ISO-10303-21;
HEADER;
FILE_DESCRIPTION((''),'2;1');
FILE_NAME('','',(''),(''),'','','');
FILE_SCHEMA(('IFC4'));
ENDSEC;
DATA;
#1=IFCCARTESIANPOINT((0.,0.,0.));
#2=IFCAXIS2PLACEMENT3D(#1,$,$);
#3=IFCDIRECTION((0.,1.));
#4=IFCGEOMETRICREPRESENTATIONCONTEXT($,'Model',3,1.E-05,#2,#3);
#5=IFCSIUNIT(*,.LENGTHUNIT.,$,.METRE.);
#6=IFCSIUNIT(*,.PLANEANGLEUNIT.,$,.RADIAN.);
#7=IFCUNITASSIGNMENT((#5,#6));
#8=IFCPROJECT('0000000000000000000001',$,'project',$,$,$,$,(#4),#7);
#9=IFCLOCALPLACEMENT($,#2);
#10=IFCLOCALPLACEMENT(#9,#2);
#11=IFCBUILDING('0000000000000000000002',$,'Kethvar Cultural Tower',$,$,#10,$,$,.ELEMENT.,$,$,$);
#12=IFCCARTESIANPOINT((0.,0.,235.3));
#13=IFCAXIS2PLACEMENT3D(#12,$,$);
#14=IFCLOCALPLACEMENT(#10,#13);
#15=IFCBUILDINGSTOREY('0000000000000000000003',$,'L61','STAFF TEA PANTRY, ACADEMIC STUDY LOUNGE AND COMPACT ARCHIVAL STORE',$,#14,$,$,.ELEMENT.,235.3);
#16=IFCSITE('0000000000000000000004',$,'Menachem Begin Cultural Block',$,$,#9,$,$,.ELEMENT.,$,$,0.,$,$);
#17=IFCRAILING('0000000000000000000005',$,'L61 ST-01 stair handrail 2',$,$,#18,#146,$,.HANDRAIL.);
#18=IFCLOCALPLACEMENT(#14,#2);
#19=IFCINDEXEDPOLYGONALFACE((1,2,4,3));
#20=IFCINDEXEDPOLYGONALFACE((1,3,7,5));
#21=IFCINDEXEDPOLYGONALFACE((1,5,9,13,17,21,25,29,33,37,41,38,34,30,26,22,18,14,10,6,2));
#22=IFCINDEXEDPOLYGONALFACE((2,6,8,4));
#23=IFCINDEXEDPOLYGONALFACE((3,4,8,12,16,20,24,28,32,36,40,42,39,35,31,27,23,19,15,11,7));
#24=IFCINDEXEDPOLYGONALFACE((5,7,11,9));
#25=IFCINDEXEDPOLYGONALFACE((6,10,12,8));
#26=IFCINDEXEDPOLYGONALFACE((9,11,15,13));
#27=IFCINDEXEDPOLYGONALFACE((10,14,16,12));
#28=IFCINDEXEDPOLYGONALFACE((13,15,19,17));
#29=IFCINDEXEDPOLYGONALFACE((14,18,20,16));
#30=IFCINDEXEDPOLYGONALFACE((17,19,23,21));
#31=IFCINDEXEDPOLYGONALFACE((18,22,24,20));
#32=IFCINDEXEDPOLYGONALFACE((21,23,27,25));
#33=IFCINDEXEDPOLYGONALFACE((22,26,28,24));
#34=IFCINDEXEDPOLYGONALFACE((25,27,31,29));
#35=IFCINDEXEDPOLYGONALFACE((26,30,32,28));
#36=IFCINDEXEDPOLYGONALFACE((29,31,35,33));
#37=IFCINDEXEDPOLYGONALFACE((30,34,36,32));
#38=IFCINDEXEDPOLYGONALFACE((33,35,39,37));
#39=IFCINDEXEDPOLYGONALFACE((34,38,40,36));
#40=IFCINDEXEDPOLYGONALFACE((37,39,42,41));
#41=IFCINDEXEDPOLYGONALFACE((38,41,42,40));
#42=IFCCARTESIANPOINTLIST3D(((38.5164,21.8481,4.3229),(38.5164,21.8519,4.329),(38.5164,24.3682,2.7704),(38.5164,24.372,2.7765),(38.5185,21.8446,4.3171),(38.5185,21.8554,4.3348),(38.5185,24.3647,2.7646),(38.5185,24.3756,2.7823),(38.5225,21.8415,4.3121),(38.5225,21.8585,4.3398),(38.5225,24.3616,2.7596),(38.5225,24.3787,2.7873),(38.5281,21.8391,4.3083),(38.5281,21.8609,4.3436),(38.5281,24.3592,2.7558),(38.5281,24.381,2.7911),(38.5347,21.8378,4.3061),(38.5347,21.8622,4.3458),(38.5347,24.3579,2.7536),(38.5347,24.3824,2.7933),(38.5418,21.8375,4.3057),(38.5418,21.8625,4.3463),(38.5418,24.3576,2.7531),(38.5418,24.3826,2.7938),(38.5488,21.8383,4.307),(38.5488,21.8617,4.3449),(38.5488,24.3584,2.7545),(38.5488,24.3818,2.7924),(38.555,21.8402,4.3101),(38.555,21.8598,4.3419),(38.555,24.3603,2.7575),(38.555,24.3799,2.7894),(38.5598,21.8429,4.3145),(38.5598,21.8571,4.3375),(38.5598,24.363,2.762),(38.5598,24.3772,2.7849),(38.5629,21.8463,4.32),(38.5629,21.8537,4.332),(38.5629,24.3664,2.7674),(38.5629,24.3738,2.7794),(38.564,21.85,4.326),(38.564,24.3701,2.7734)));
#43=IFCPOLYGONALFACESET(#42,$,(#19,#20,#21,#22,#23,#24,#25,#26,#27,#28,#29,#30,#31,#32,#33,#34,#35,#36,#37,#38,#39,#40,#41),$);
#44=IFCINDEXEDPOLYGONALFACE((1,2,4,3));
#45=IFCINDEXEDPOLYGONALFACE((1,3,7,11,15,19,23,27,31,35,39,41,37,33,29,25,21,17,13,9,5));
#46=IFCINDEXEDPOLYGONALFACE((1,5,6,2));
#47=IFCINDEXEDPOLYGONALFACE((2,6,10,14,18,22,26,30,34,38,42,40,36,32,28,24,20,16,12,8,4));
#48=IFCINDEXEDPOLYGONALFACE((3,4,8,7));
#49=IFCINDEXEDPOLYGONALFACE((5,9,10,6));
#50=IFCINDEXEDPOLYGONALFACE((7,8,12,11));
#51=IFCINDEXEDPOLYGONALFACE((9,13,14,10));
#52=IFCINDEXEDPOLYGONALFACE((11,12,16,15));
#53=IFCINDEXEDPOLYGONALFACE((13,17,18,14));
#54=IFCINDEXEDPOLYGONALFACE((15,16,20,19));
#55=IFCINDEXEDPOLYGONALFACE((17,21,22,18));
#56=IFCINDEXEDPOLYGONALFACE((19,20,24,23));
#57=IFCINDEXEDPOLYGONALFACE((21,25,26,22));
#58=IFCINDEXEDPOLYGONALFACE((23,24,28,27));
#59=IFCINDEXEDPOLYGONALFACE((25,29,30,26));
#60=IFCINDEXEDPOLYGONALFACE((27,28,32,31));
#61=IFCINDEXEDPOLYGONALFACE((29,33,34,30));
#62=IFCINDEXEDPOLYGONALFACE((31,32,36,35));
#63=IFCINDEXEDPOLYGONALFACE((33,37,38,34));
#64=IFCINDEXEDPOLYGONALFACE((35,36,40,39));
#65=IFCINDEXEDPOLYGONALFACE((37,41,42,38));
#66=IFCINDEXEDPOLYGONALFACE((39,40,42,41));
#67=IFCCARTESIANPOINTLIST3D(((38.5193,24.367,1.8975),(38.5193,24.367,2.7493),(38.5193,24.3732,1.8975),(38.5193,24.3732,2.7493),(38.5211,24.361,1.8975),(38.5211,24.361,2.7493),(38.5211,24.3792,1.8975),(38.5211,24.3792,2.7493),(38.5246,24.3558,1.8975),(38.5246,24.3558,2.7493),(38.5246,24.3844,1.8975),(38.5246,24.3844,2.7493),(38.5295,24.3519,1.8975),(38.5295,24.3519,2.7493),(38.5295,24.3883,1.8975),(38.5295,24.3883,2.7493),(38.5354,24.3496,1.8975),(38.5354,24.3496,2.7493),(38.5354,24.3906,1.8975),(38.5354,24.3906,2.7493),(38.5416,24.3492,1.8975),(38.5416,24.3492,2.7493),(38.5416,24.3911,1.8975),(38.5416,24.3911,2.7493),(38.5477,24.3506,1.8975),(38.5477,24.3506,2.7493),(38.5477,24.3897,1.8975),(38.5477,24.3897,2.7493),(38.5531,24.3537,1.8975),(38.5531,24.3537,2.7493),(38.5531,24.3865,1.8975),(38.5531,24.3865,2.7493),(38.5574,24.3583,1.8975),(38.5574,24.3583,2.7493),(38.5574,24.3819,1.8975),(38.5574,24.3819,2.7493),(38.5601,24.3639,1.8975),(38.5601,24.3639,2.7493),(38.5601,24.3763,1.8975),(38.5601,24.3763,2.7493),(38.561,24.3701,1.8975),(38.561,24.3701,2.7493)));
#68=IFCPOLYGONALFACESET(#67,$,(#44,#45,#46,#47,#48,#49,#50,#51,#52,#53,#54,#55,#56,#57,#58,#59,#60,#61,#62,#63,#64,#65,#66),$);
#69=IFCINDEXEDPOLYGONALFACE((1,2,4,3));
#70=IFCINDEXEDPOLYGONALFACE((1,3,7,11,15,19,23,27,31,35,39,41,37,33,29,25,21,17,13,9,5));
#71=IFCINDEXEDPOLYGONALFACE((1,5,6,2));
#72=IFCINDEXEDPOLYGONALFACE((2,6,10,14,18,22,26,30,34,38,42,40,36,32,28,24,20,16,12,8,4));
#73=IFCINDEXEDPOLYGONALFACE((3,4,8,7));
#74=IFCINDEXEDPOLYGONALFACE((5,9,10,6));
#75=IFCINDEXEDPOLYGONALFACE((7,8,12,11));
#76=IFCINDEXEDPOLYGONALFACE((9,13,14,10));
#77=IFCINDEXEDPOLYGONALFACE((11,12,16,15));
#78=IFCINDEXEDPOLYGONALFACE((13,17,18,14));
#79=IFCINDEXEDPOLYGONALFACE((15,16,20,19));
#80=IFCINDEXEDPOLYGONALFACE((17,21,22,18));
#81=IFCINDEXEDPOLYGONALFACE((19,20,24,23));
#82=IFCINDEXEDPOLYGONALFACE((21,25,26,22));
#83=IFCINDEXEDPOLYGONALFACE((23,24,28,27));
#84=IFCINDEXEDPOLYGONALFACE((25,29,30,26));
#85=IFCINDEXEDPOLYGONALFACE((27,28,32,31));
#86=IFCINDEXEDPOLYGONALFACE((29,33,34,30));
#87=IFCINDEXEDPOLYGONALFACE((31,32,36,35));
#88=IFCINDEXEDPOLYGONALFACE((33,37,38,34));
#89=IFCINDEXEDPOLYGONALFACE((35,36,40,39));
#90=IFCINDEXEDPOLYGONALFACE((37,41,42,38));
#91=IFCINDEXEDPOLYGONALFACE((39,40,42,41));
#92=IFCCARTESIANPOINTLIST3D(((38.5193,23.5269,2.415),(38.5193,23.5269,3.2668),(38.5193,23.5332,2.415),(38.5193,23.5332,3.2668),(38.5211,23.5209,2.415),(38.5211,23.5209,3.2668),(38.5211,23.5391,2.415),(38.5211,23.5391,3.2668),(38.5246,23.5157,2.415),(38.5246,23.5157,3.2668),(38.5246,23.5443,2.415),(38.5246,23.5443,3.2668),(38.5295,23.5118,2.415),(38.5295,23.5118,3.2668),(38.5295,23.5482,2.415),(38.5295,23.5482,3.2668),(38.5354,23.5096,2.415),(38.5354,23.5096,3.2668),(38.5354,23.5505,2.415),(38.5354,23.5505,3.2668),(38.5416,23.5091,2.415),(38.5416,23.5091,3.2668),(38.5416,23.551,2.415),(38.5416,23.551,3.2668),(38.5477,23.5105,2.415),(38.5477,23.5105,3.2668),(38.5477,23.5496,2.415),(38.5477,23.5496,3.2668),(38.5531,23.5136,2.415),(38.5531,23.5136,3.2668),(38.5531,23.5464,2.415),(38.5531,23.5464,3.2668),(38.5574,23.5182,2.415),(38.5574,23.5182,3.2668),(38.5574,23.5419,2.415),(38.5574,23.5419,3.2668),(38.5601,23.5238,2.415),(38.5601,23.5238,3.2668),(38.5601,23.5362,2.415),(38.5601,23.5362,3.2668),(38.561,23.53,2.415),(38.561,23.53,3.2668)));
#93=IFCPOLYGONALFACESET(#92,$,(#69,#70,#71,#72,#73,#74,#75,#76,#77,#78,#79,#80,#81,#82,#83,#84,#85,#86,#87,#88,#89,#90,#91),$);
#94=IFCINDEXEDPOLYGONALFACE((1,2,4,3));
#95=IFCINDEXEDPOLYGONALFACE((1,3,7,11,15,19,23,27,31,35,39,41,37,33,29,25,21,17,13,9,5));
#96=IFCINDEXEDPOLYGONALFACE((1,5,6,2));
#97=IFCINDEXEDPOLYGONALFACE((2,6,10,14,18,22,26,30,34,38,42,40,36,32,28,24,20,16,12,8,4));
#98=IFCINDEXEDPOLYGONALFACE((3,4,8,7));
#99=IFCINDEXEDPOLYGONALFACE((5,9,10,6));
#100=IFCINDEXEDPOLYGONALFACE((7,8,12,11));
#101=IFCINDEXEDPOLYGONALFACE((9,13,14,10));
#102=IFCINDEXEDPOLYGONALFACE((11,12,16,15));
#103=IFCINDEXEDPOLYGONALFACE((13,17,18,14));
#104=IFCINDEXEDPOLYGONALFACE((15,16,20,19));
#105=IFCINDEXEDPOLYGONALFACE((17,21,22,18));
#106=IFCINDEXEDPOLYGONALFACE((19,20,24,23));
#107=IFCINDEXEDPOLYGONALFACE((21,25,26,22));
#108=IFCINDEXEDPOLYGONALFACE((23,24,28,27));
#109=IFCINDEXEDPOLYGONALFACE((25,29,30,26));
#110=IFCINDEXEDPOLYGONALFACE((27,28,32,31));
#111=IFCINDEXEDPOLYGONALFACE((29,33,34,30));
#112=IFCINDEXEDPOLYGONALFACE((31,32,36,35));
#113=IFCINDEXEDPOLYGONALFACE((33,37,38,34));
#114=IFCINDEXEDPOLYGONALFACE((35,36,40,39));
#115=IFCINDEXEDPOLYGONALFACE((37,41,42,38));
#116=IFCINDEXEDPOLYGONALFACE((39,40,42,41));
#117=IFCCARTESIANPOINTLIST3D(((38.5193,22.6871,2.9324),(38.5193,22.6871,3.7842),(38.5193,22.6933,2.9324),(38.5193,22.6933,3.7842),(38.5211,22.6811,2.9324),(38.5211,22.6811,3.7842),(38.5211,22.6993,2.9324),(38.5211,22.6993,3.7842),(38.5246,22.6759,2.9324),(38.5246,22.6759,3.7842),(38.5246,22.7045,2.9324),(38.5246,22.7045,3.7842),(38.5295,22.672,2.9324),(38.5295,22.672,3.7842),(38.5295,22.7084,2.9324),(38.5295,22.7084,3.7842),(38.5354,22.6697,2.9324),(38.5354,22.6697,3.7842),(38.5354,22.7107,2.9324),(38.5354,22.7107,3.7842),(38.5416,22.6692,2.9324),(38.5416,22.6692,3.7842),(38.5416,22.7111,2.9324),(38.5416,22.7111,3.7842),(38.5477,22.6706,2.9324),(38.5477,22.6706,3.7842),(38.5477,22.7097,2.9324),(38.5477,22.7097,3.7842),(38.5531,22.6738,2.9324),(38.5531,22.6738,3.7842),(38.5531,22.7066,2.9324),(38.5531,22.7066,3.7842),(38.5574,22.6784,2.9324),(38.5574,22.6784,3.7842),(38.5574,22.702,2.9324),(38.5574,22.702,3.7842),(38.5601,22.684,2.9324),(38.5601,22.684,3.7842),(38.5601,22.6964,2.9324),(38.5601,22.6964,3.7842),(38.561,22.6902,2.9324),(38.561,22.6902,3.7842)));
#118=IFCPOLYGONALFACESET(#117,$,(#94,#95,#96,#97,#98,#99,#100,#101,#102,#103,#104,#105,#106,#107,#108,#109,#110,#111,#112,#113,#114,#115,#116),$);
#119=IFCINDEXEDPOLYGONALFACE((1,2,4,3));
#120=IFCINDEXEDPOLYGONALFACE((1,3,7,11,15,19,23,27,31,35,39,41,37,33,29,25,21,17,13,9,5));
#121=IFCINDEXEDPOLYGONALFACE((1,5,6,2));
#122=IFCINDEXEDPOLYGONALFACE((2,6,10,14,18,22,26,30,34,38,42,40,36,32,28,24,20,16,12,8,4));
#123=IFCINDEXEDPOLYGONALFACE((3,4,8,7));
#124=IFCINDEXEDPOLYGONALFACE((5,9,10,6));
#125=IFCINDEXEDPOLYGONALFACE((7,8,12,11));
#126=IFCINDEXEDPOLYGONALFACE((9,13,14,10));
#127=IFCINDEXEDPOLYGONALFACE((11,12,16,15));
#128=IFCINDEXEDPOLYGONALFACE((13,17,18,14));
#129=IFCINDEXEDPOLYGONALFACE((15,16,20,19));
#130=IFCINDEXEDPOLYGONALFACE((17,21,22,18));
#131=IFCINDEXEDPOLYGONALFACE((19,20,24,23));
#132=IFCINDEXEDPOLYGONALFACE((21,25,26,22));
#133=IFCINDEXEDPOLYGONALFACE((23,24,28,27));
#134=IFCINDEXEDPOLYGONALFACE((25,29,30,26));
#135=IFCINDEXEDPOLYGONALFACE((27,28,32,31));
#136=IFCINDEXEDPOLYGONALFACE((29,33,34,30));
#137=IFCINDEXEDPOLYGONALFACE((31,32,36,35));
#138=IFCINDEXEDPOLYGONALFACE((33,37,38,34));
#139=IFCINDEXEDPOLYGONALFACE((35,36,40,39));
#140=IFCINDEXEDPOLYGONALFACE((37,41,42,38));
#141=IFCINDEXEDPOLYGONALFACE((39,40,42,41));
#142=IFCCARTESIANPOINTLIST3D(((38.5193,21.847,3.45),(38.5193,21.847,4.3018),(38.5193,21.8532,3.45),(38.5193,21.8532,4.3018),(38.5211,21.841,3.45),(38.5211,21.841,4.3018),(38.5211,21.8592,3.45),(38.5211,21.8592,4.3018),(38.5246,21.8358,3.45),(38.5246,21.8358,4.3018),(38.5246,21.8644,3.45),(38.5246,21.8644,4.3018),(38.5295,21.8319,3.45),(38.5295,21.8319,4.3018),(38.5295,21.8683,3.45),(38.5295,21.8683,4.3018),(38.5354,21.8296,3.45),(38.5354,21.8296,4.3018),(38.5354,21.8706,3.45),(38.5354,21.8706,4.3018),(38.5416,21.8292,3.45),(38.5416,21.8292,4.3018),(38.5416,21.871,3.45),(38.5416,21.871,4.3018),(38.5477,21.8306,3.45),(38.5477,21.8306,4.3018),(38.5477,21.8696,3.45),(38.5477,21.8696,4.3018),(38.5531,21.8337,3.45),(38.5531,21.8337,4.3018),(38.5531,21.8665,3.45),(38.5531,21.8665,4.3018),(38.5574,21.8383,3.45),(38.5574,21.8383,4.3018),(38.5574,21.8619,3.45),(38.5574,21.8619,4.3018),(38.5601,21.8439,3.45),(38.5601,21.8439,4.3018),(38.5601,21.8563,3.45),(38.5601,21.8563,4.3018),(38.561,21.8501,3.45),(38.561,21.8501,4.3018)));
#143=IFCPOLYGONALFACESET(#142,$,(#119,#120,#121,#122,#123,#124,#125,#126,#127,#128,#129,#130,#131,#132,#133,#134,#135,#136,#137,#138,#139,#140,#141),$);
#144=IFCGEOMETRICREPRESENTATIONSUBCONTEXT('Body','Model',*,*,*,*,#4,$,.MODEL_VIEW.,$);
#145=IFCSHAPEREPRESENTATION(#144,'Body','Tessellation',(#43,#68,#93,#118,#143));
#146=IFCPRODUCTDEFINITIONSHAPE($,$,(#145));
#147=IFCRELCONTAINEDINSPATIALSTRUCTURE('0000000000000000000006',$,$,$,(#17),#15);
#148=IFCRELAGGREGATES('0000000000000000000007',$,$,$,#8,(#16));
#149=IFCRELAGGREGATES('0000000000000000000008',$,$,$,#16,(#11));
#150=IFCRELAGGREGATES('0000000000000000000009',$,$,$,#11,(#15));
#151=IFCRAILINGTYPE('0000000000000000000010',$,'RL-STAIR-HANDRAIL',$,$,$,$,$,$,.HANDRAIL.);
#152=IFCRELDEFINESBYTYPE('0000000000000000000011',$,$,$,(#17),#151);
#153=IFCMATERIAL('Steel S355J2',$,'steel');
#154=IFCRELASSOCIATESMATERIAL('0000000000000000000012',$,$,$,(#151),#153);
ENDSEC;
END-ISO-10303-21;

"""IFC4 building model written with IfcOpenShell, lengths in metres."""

from ifc_helpers import new_model, si_unit, direction, frame, origin, origin_2d, place, context, subcontext, project, spatial, circle, extrude, material, type_object, element, save


model = new_model("IFC4")

# Units and contexts
model_context = context("Model", 3, precision=1e-05, world=origin(), true_north=direction((0.0, 1.0)))
body_context = subcontext(model_context, "Body", "Model", "MODEL_VIEW")
ifc_project = project(units=[si_unit("LENGTHUNIT", "METRE"), si_unit("PLANEANGLEUNIT", "RADIAN")], contexts=[model_context])

# Site, building, storey
site_placement = place(None, origin())
site = spatial("IfcSite", under=ifc_project, at=site_placement, Name="Menachem Begin Cultural Block", CompositionType="ELEMENT", RefElevation=0.0)
building_placement = place(site_placement, origin())
building = spatial("IfcBuilding", under=site, at=building_placement, Name="Kethvar Cultural Tower", CompositionType="ELEMENT")
storey_placement = place(building_placement, frame((0.0, 0.0, 235.3)))
storey = spatial("IfcBuildingStorey", under=building, at=storey_placement, Name="L61", Description="STAFF TEA PANTRY, ACADEMIC STUDY LOUNGE AND COMPACT ARCHIVAL STORE", CompositionType="ELEMENT", Elevation=235.3)

# Shared definitions
ifc_material_1 = material(Name="Steel S355J2", Category="steel")

# Railing
railing_type_1 = type_object("IfcRailingType", Name="RL-STAIR-HANDRAIL", PredefinedType="HANDRAIL", material=ifc_material_1)
railing_1_placement = place(storey_placement, frame((38.54, 24.3701, 1.8975)))
element("IfcRailing", 1, at=railing_1_placement, inside=storey, type_object=railing_type_1, Name="L61 ST-01 stair handrail 2", PredefinedType="HANDRAIL", context=body_context, shape_type="SweptSolid", body=[
    extrude(circle(Radius=0.0239, at=origin_2d()), frame((0.0, 0.0, 0.876), z_axis=(0.0, -0.8514, 0.524516), x_axis=(1.0, 0.0, 0.0)), (0.0, 0.0, 1.0), 2.96),
    extrude(circle(Radius=0.021, at=origin_2d()), origin(), (0.0, 0.0, 1.0), 0.8518),
    extrude(circle(Radius=0.021, at=origin_2d()), frame((0.0, -0.8401, 0.5176)), (0.0, 0.0, 1.0), 0.8518),
    extrude(circle(Radius=0.021, at=origin_2d()), frame((0.0, -1.6799, 1.0349)), (0.0, 0.0, 1.0), 0.8518),
    extrude(circle(Radius=0.021, at=origin_2d()), frame((0.0, -2.52, 1.5525)), (0.0, 0.0, 1.0), 0.8518),
])

save(model, "model.ifc")
